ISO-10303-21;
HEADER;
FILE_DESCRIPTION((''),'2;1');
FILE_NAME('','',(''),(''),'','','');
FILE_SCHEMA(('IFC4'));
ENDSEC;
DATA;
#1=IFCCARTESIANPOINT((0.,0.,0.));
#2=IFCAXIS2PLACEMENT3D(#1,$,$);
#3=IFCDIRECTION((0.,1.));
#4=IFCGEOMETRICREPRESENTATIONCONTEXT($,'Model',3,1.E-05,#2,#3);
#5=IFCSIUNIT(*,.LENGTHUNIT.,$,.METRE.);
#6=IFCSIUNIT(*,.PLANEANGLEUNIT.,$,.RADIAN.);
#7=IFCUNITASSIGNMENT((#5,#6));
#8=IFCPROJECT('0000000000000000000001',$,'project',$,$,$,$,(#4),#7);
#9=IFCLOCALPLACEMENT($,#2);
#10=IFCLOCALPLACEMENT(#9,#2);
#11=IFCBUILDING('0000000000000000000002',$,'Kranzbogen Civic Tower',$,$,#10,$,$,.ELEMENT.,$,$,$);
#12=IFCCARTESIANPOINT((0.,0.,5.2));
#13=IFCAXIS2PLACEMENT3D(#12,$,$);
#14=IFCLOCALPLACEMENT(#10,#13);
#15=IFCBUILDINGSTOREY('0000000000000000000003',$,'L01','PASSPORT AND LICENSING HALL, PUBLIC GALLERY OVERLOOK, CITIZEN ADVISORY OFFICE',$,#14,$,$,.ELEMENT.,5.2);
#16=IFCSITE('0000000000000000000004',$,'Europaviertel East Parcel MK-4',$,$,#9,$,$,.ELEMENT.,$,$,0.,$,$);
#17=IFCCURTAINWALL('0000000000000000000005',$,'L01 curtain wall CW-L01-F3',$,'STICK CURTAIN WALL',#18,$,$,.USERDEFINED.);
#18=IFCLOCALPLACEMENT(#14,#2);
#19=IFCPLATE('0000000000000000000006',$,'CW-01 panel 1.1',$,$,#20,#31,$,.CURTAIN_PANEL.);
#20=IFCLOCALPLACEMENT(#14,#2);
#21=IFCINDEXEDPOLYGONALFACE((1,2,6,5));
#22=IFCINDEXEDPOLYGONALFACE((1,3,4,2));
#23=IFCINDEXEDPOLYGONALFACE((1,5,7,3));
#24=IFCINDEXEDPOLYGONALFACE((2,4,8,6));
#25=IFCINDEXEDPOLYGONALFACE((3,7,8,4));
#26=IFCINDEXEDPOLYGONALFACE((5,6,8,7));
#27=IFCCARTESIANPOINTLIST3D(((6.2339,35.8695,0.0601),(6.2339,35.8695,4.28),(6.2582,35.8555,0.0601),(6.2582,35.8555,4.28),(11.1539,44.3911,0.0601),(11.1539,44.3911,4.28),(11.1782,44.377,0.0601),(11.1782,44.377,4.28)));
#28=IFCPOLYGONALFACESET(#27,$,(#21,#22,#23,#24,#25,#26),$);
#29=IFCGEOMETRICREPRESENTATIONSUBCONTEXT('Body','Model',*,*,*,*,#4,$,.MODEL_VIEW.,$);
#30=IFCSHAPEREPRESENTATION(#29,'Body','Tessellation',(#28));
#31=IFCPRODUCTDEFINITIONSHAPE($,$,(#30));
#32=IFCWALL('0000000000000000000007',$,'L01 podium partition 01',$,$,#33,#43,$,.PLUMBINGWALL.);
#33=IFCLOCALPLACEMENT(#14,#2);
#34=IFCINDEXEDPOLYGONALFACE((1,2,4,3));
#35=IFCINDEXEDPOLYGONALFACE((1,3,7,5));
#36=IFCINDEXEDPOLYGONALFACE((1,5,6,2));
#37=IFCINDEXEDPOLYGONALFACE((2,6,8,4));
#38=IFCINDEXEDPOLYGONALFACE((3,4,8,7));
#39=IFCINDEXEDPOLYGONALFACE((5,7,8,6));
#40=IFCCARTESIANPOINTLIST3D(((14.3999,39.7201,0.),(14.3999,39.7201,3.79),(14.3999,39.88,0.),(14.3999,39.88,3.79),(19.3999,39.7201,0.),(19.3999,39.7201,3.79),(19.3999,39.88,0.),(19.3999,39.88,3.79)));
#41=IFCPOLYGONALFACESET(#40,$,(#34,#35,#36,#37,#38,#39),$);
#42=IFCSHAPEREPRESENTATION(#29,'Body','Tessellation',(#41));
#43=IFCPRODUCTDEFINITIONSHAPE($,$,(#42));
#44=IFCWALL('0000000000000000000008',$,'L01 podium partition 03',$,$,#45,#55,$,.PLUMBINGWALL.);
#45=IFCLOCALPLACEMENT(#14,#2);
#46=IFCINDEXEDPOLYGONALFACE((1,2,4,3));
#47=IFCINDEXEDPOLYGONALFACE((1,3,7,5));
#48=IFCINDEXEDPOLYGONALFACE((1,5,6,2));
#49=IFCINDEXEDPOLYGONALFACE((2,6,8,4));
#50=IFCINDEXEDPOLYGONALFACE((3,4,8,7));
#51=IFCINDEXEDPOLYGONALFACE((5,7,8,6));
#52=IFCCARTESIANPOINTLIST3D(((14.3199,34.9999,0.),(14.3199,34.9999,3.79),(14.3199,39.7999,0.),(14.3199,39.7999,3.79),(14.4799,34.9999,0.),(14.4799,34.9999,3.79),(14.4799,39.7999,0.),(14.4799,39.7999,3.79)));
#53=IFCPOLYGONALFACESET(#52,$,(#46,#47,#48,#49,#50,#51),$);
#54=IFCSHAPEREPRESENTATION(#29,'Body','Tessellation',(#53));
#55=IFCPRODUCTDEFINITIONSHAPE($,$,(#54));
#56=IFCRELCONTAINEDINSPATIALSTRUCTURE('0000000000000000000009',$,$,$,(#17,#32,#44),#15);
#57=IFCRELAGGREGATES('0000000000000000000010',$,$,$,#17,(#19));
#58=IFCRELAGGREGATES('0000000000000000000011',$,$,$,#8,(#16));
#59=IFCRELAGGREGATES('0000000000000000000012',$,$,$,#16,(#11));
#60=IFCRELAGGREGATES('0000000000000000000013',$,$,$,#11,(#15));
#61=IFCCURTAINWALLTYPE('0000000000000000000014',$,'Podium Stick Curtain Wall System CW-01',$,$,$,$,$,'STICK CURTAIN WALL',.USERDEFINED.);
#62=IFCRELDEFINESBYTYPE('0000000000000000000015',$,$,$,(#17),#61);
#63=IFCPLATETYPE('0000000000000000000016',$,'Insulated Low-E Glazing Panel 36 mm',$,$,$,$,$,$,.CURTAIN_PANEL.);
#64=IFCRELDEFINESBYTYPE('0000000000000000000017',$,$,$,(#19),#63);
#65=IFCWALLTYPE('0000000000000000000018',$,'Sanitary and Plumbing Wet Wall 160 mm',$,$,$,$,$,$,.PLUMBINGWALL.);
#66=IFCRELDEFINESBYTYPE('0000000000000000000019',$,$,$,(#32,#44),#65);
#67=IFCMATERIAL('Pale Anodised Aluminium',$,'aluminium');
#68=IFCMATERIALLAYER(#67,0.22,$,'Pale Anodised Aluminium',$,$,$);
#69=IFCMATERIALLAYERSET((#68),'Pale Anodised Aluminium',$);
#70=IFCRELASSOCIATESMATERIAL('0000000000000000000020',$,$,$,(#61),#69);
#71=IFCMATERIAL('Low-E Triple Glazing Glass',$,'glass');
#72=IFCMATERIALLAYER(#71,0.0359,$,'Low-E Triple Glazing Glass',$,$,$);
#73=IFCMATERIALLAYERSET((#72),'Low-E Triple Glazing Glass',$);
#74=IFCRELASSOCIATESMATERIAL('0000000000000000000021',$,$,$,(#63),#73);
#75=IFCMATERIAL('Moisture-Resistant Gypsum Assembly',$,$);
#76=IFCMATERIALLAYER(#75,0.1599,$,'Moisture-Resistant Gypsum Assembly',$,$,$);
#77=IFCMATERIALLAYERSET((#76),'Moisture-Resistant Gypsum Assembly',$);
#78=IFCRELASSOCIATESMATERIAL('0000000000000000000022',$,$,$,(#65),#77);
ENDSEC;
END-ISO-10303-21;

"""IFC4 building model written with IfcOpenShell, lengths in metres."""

from ifc_helpers import new_model, si_unit, direction, frame, frame_2d, origin, origin_2d, place, context, subcontext, project, spatial, rectangle, extrude, material, layer, layer_set, type_object, element, aggregate, save


model = new_model("IFC4")

# Units and contexts
model_context = context("Model", 3, precision=1e-05, world=origin(), true_north=direction((0.0, 1.0)))
body_context = subcontext(model_context, "Body", "Model", "MODEL_VIEW")
ifc_project = project(units=[si_unit("LENGTHUNIT", "METRE"), si_unit("PLANEANGLEUNIT", "RADIAN")], contexts=[model_context])

# Site, building, storey
site_placement = place(None, origin())
site = spatial("IfcSite", under=ifc_project, at=site_placement, Name="Europaviertel East Parcel MK-4", CompositionType="ELEMENT", RefElevation=0.0)
building_placement = place(site_placement, origin())
building = spatial("IfcBuilding", under=site, at=building_placement, Name="Kranzbogen Civic Tower", CompositionType="ELEMENT")
storey_placement = place(building_placement, frame((0.0, 0.0, 5.2)))
storey = spatial("IfcBuildingStorey", under=building, at=storey_placement, Name="L01", Description="PASSPORT AND LICENSING HALL, PUBLIC GALLERY OVERLOOK, CITIZEN ADVISORY OFFICE", CompositionType="ELEMENT", Elevation=5.2)

# Shared definitions
ifc_material_1 = material(Name="Pale Anodised Aluminium", Category="aluminium")

# Shared definitions
ifc_layer_1 = layer(ifc_material_1, 0.22, Name="Pale Anodised Aluminium")
ifc_layer_set_1 = layer_set([ifc_layer_1], Name="Pale Anodised Aluminium")
curtain_wall_type_1 = type_object("IfcCurtainWallType", Name="Podium Stick Curtain Wall System CW-01", ElementType="STICK CURTAIN WALL", PredefinedType="USERDEFINED", material=ifc_layer_set_1)

# Curtain wall
curtain_wall_1_placement = place(storey_placement, origin())
curtain_wall_1 = element("IfcCurtainWall", 1, at=curtain_wall_1_placement, inside=storey, type_object=curtain_wall_type_1, Name="L01 curtain wall CW-L01-F3", ObjectType="STICK CURTAIN WALL", PredefinedType="USERDEFINED")

# Plate
ifc_material_2 = material(Name="Low-E Triple Glazing Glass", Category="glass")
ifc_layer_2 = layer(ifc_material_2, 0.0359, Name="Low-E Triple Glazing Glass")
ifc_layer_set_2 = layer_set([ifc_layer_2], Name="Low-E Triple Glazing Glass")
plate_type_1 = type_object("IfcPlateType", Name="Insulated Low-E Glazing Panel 36 mm", PredefinedType="CURTAIN_PANEL", material=ifc_layer_set_2)
plate_1_placement = place(storey_placement, frame((8.7061, 40.1233, 0.0601), z_axis=(0.0, 0.0, 1.0), x_axis=(-0.500006, -0.866022, 0.0)))
plate_1 = element("IfcPlate", 2, at=plate_1_placement, type_object=plate_type_1, Name="CW-01 panel 1.1", PredefinedType="CURTAIN_PANEL", context=body_context, shape_type="SweptSolid", body=[
    extrude(rectangle(XDim=9.8398, YDim=0.0281, at=origin_2d()), origin(), (0.0, 0.0, 1.0), 4.22),
])
aggregate(curtain_wall_1, [plate_1])

# Walls
ifc_material_3 = material(Name="Moisture-Resistant Gypsum Assembly")
ifc_layer_3 = layer(ifc_material_3, 0.1599, Name="Moisture-Resistant Gypsum Assembly")
ifc_layer_set_3 = layer_set([ifc_layer_3], Name="Moisture-Resistant Gypsum Assembly")
wall_type = type_object("IfcWallType", Name="Sanitary and Plumbing Wet Wall 160 mm", PredefinedType="PLUMBINGWALL", material=ifc_layer_set_3)
wall_1_placement = place(storey_placement, frame((14.3999, 39.8, 0.0), z_axis=(0.0, 0.0, 1.0), x_axis=(1.0, 0.0, 0.0)))
element("IfcWall", 3, at=wall_1_placement, inside=storey, type_object=wall_type, Name="L01 podium partition 01", PredefinedType="PLUMBINGWALL", context=body_context, shape_type="SweptSolid", body=[
    extrude(rectangle(XDim=5.0, YDim=0.1599, at=frame_2d((2.5, 0.0))), origin(), (0.0, 0.0, 1.0), 3.79),
])
wall_2_placement = place(storey_placement, frame((14.3999, 35.0, 0.0), z_axis=(0.0, 0.0, 1.0), x_axis=(0.0, 1.0, 0.0)))
element("IfcWall", 4, at=wall_2_placement, inside=storey, type_object=wall_type, Name="L01 podium partition 03", PredefinedType="PLUMBINGWALL", context=body_context, shape_type="SweptSolid", body=[
    extrude(rectangle(XDim=4.8, YDim=0.1599, at=frame_2d((2.3999, 0.0))), origin(), (0.0, 0.0, 1.0), 3.79),
])

save(model, "model.ifc")
